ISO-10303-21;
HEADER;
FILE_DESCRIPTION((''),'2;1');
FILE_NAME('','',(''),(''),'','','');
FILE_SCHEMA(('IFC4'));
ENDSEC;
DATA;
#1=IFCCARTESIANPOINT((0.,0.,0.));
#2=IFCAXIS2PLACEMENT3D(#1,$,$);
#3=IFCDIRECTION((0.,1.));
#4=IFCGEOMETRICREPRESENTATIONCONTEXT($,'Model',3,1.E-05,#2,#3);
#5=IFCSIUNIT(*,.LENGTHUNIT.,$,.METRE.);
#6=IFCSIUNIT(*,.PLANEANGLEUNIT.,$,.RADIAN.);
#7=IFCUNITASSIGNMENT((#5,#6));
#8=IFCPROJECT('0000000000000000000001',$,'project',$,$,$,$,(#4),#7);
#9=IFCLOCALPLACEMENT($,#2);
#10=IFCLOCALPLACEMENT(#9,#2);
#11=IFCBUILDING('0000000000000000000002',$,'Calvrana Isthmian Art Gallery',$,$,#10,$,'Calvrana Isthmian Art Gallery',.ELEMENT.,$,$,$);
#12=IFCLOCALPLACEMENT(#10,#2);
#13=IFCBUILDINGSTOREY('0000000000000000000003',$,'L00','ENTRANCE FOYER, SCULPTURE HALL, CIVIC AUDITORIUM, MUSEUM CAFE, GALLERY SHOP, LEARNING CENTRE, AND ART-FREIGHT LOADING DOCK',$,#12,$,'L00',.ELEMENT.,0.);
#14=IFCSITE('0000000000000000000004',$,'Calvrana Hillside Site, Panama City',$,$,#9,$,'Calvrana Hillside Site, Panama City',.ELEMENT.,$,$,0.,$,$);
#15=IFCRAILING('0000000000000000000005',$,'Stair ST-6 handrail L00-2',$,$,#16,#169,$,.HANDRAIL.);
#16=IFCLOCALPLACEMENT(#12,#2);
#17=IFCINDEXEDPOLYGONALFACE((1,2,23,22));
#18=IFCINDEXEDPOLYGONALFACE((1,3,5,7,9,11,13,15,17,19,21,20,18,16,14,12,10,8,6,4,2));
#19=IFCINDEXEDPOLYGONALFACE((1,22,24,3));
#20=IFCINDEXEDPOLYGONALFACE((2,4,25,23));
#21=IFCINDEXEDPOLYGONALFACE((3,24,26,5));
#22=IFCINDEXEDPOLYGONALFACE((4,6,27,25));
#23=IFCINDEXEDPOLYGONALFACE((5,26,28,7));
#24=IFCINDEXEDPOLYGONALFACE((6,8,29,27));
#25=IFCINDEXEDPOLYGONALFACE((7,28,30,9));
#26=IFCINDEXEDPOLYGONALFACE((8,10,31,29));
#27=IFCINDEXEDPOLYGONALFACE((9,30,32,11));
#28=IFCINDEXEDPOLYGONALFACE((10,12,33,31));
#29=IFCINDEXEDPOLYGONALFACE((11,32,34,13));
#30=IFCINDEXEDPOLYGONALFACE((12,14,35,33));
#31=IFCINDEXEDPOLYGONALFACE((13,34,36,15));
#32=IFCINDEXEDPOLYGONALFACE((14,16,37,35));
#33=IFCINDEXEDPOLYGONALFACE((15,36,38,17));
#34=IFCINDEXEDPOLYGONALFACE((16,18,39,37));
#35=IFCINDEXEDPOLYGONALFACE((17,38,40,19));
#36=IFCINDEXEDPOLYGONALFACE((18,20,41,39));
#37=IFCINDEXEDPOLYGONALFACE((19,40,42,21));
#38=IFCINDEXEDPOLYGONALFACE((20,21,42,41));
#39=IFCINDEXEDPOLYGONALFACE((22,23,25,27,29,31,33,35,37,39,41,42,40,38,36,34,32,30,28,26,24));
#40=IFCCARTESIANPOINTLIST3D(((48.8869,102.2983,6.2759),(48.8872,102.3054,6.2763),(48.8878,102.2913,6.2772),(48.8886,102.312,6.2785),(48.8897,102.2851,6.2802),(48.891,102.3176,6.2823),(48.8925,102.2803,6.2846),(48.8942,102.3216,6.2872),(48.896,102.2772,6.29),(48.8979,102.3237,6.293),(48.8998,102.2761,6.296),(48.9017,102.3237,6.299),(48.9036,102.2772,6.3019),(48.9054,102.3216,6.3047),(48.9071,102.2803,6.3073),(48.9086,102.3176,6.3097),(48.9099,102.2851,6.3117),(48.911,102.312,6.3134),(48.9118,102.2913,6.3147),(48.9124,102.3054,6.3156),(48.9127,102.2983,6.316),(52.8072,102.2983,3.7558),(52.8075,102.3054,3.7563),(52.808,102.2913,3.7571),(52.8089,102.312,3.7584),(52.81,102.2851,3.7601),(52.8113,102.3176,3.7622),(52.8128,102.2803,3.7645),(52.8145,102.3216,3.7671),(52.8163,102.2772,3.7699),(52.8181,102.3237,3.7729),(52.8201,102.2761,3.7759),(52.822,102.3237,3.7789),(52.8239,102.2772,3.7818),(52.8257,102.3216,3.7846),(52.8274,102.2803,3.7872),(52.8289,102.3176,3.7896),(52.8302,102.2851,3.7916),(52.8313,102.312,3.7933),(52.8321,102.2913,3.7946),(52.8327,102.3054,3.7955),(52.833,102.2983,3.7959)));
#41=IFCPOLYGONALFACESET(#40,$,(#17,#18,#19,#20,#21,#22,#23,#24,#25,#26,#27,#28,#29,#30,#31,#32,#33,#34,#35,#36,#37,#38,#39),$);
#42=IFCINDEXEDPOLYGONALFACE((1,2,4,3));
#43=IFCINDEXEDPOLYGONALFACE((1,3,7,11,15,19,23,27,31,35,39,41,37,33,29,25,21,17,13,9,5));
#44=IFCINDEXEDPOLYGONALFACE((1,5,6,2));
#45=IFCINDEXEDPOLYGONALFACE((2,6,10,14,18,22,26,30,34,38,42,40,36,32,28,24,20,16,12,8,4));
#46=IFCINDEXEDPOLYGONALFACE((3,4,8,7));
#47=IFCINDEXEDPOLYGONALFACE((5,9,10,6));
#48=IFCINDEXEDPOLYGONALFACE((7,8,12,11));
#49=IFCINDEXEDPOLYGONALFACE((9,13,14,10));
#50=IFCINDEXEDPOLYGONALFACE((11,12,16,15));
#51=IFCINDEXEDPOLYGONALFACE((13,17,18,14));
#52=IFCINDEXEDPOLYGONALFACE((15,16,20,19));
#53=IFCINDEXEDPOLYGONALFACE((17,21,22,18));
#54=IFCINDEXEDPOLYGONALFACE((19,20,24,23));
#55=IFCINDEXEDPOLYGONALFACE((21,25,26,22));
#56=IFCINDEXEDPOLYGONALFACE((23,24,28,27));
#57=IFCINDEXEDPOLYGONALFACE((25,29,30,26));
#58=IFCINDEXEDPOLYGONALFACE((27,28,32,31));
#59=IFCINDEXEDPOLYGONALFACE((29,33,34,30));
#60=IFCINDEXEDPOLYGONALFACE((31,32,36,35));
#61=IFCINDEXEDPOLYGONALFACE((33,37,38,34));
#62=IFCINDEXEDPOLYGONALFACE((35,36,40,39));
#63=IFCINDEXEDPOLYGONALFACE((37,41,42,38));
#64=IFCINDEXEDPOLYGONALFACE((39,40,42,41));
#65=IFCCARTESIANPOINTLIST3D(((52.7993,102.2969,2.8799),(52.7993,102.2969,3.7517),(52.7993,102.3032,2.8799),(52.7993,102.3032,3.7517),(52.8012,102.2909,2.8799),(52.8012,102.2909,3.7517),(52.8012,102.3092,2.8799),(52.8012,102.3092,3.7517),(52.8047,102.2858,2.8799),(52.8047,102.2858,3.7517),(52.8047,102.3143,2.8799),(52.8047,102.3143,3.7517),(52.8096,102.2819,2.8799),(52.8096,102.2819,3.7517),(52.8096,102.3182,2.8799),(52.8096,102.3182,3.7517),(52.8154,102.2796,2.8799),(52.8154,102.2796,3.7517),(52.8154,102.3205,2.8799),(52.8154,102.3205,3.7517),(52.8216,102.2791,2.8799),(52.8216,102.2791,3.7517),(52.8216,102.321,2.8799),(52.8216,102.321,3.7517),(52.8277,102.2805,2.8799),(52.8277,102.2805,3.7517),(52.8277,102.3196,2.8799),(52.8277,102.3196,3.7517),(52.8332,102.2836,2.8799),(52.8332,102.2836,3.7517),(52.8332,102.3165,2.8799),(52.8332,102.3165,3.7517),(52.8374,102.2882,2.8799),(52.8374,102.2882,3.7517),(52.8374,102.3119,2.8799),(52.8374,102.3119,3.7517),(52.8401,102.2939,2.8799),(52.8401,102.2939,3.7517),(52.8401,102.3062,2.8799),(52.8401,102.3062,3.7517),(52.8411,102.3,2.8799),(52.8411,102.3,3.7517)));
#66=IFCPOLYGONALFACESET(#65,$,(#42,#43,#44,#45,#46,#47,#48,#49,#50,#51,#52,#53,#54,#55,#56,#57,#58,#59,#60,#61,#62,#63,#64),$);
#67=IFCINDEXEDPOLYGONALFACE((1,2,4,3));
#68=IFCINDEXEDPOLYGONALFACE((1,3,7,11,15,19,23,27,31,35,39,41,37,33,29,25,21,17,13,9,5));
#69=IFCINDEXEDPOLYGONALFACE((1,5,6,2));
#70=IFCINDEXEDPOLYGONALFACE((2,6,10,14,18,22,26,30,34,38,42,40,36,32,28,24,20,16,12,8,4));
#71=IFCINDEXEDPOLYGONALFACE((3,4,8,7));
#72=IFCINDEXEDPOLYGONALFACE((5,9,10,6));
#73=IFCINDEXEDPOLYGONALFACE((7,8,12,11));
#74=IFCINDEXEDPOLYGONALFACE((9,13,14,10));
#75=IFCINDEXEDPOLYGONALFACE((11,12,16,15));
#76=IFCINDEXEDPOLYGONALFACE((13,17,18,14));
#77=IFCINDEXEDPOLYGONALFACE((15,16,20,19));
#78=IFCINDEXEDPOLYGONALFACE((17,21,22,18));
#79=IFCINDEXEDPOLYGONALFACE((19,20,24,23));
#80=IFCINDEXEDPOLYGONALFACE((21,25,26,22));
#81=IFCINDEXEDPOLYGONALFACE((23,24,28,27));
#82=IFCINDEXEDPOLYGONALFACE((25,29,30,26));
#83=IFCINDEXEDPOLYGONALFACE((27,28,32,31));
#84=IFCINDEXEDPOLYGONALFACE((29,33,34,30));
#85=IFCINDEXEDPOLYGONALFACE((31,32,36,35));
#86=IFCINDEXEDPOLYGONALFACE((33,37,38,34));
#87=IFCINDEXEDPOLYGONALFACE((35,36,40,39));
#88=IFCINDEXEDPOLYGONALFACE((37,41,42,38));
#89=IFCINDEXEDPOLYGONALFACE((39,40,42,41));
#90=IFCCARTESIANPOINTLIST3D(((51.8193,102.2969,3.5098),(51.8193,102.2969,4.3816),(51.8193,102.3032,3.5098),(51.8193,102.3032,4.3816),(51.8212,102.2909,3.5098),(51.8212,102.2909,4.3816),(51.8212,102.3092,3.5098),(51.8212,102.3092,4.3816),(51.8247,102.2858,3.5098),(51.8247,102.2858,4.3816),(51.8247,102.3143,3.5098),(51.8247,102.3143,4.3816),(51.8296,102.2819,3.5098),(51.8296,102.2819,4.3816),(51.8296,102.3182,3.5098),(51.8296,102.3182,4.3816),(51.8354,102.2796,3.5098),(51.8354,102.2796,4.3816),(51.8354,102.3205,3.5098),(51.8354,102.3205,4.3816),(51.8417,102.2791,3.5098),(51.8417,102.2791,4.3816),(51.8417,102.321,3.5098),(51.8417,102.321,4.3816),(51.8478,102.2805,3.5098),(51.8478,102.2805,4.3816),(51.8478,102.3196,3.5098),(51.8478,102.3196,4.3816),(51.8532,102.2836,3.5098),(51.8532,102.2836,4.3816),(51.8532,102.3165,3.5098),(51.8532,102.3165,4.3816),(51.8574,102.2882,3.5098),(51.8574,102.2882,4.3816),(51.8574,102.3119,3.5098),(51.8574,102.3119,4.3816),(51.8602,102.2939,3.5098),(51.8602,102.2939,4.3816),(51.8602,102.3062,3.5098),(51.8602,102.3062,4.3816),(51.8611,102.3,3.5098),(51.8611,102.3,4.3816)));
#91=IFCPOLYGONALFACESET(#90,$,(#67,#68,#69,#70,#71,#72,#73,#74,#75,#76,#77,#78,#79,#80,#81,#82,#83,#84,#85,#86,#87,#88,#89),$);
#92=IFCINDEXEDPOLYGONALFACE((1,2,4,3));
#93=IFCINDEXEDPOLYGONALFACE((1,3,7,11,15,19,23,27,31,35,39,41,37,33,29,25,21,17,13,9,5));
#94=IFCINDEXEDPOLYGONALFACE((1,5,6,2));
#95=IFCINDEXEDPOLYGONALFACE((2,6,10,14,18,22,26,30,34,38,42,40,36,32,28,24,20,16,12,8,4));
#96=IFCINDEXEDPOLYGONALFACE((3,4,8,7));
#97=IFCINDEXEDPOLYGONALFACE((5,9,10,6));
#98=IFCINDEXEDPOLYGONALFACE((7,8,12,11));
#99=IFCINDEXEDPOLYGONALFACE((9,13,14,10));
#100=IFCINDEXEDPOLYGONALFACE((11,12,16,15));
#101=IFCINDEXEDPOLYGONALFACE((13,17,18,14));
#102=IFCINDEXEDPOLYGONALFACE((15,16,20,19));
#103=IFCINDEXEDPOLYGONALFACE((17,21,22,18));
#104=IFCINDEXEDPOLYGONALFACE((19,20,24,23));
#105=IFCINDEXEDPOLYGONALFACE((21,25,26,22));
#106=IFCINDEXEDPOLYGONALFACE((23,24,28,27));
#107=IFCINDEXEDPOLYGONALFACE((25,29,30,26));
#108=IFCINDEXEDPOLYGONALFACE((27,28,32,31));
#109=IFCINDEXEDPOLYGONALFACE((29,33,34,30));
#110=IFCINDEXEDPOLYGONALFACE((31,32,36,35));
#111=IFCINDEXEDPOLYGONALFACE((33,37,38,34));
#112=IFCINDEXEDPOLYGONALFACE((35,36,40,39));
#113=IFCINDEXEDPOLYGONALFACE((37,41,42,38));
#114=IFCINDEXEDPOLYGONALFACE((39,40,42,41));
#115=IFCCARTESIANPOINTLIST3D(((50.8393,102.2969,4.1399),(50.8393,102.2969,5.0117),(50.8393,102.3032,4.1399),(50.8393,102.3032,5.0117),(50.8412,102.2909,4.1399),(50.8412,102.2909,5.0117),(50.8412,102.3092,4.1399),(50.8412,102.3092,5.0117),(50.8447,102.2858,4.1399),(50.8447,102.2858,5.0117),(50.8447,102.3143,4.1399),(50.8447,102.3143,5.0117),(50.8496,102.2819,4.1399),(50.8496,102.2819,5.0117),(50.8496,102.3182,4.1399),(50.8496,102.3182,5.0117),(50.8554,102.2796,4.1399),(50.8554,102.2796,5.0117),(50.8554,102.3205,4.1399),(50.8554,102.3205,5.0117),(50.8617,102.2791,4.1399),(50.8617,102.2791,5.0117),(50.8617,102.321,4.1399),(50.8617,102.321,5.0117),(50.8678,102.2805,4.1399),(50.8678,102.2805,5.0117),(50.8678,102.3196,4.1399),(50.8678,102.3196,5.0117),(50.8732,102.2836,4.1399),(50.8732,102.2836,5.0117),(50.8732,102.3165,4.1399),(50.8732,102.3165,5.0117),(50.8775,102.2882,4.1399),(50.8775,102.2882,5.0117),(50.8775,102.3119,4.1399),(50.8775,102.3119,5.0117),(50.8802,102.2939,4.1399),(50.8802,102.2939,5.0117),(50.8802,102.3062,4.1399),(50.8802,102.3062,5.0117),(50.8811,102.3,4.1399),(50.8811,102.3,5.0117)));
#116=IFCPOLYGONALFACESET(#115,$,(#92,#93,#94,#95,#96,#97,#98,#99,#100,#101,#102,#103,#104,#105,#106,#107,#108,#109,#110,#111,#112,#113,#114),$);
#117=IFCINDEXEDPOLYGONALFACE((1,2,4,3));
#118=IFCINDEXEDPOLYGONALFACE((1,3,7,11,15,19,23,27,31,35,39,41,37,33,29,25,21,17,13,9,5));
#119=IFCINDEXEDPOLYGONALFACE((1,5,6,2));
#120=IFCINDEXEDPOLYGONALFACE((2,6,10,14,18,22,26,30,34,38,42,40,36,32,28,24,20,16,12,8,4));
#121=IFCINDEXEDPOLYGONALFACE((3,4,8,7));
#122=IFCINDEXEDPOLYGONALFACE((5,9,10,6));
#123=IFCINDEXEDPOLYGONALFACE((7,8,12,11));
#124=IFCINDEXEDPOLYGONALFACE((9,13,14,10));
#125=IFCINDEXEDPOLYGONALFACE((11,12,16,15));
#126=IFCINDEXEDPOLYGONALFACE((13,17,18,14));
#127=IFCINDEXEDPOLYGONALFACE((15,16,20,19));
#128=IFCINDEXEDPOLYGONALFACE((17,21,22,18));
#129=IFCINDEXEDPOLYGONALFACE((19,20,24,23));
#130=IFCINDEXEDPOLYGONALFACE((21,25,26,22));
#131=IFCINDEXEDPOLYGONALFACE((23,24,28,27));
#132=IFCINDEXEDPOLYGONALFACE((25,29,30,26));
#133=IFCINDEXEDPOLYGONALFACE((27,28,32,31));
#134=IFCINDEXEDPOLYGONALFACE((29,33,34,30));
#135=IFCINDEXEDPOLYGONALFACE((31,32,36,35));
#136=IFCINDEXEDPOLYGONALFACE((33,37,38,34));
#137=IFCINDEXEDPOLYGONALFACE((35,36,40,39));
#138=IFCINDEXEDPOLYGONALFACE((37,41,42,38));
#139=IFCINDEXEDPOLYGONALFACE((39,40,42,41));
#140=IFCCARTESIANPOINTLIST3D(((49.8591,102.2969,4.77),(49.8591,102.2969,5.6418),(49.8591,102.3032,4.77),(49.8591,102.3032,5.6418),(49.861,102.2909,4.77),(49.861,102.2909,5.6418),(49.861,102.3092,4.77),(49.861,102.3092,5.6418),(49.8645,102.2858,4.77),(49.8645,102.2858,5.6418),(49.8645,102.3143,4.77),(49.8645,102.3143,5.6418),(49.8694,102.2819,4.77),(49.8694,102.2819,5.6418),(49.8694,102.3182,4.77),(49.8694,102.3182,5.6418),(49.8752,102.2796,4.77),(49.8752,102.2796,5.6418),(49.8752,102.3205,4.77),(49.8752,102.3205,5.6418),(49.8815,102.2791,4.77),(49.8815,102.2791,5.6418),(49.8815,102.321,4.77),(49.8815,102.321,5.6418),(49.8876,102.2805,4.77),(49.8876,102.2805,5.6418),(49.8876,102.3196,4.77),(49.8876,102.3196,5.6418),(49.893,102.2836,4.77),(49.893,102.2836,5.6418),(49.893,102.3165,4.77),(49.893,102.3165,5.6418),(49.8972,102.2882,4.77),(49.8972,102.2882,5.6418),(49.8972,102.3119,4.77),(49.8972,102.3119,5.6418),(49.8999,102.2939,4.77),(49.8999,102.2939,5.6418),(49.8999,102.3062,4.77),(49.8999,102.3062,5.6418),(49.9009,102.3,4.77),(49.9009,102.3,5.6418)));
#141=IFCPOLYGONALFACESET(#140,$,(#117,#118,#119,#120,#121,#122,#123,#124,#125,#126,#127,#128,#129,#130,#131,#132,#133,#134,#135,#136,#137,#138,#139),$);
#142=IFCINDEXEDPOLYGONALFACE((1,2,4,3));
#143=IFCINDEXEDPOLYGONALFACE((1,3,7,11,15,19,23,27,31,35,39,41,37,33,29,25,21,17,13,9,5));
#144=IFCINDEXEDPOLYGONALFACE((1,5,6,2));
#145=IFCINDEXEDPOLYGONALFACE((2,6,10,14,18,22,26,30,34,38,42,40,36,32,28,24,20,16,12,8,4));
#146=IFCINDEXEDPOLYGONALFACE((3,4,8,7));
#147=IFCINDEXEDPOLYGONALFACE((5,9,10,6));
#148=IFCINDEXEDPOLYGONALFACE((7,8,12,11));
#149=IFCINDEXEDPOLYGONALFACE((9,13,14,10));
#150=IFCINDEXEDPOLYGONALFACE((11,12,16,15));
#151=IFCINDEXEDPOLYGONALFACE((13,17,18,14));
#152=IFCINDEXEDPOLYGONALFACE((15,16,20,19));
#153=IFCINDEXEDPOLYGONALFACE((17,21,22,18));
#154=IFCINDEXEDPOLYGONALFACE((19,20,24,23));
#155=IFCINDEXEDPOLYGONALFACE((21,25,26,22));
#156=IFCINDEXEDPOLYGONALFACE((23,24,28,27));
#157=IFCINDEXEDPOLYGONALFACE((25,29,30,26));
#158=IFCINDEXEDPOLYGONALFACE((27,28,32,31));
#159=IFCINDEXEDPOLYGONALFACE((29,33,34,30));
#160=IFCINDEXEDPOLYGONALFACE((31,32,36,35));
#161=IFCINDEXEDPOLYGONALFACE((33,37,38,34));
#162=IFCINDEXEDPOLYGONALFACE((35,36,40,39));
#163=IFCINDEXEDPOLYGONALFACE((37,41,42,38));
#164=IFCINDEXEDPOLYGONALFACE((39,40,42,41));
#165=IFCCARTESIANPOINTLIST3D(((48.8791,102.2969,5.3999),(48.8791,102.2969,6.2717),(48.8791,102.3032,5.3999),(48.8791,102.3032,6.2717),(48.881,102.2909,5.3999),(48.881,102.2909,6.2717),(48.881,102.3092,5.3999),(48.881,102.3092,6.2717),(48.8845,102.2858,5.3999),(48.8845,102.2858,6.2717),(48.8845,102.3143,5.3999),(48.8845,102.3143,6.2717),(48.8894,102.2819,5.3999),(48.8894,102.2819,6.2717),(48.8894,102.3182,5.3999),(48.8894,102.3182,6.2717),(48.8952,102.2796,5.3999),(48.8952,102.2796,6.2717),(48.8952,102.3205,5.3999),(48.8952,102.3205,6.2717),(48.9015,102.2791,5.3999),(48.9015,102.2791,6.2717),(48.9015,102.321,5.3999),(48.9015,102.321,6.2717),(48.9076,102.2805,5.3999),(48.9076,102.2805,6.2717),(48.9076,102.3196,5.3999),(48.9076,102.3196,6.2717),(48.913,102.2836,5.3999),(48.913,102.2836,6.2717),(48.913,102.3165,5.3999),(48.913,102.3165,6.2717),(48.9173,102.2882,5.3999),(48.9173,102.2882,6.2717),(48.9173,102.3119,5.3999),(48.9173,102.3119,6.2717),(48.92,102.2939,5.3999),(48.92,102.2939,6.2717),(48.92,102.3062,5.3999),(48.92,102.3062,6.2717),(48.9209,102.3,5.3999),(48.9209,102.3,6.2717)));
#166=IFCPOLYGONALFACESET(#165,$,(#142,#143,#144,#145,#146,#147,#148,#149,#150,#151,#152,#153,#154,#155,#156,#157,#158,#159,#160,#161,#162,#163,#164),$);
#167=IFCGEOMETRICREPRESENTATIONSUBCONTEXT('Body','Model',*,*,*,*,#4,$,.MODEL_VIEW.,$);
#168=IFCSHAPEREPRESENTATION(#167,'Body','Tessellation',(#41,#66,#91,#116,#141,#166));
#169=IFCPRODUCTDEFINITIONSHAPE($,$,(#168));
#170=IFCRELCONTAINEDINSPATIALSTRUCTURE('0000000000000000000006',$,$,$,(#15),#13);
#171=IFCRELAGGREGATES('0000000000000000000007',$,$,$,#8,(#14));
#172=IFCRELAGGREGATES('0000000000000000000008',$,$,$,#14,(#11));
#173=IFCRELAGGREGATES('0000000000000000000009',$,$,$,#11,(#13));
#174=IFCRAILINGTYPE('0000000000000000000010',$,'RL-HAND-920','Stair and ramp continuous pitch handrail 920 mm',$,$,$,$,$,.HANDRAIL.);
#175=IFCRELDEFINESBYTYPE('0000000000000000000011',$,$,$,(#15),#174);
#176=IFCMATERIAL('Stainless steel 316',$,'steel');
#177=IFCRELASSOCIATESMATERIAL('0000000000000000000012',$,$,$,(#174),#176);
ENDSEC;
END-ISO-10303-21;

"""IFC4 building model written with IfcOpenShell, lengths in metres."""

from ifc_helpers import new_model, si_unit, direction, frame, origin, origin_2d, place, context, subcontext, project, spatial, circle, extrude, material, type_object, element, save


model = new_model("IFC4")

# Units and contexts
model_context = context("Model", 3, precision=1e-05, world=origin(), true_north=direction((0.0, 1.0)))
body_context = subcontext(model_context, "Body", "Model", "MODEL_VIEW")
ifc_project = project(units=[si_unit("LENGTHUNIT", "METRE"), si_unit("PLANEANGLEUNIT", "RADIAN")], contexts=[model_context])

# Site, building, storey
site_placement = place(None, origin())
site = spatial("IfcSite", under=ifc_project, at=site_placement, Name="Calvrana Hillside Site, Panama City", LongName="Calvrana Hillside Site, Panama City", CompositionType="ELEMENT", RefElevation=0.0)
building_placement = place(site_placement, origin())
building = spatial("IfcBuilding", under=site, at=building_placement, Name="Calvrana Isthmian Art Gallery", LongName="Calvrana Isthmian Art Gallery", CompositionType="ELEMENT")
storey_placement = place(building_placement, origin())
storey = spatial("IfcBuildingStorey", under=building, at=storey_placement, Name="L00", Description="ENTRANCE FOYER, SCULPTURE HALL, CIVIC AUDITORIUM, MUSEUM CAFE, GALLERY SHOP, LEARNING CENTRE, AND ART-FREIGHT LOADING DOCK", LongName="L00", CompositionType="ELEMENT", Elevation=0.0)

# Railing
ifc_material_1 = material(Name="Stainless steel 316", Category="steel")
railing_type_1 = type_object("IfcRailingType", Name="RL-HAND-920", Description="Stair and ramp continuous pitch handrail 920 mm", PredefinedType="HANDRAIL", material=ifc_material_1)
railing_1_placement = place(storey_placement, frame((52.8201, 102.3, 2.8799)))
element("IfcRailing", 1, at=railing_1_placement, inside=storey, type_object=railing_type_1, Name="Stair ST-6 handrail L00-2", PredefinedType="HANDRAIL", context=body_context, shape_type="SweptSolid", body=[
    extrude(circle(Radius=0.0239, at=origin_2d()), frame((0.0, 0.0, 0.896), z_axis=(-0.841187, 0.0, 0.540744), x_axis=(0.0, -1.0, 0.0)), (0.0, 0.0, 1.0), 4.6604),
    extrude(circle(Radius=0.021, at=origin_2d()), origin(), (0.0, 0.0, 1.0), 0.8718),
    extrude(circle(Radius=0.021, at=origin_2d()), frame((-0.98, 0.0, 0.6299)), (0.0, 0.0, 1.0), 0.8718),
    extrude(circle(Radius=0.021, at=origin_2d()), frame((-1.96, 0.0, 1.26)), (0.0, 0.0, 1.0), 0.8718),
    extrude(circle(Radius=0.021, at=origin_2d()), frame((-2.9402, 0.0, 1.8901)), (0.0, 0.0, 1.0), 0.8718),
    extrude(circle(Radius=0.021, at=origin_2d()), frame((-3.9202, 0.0, 2.52)), (0.0, 0.0, 1.0), 0.8718),
])

save(model, "model.ifc")
